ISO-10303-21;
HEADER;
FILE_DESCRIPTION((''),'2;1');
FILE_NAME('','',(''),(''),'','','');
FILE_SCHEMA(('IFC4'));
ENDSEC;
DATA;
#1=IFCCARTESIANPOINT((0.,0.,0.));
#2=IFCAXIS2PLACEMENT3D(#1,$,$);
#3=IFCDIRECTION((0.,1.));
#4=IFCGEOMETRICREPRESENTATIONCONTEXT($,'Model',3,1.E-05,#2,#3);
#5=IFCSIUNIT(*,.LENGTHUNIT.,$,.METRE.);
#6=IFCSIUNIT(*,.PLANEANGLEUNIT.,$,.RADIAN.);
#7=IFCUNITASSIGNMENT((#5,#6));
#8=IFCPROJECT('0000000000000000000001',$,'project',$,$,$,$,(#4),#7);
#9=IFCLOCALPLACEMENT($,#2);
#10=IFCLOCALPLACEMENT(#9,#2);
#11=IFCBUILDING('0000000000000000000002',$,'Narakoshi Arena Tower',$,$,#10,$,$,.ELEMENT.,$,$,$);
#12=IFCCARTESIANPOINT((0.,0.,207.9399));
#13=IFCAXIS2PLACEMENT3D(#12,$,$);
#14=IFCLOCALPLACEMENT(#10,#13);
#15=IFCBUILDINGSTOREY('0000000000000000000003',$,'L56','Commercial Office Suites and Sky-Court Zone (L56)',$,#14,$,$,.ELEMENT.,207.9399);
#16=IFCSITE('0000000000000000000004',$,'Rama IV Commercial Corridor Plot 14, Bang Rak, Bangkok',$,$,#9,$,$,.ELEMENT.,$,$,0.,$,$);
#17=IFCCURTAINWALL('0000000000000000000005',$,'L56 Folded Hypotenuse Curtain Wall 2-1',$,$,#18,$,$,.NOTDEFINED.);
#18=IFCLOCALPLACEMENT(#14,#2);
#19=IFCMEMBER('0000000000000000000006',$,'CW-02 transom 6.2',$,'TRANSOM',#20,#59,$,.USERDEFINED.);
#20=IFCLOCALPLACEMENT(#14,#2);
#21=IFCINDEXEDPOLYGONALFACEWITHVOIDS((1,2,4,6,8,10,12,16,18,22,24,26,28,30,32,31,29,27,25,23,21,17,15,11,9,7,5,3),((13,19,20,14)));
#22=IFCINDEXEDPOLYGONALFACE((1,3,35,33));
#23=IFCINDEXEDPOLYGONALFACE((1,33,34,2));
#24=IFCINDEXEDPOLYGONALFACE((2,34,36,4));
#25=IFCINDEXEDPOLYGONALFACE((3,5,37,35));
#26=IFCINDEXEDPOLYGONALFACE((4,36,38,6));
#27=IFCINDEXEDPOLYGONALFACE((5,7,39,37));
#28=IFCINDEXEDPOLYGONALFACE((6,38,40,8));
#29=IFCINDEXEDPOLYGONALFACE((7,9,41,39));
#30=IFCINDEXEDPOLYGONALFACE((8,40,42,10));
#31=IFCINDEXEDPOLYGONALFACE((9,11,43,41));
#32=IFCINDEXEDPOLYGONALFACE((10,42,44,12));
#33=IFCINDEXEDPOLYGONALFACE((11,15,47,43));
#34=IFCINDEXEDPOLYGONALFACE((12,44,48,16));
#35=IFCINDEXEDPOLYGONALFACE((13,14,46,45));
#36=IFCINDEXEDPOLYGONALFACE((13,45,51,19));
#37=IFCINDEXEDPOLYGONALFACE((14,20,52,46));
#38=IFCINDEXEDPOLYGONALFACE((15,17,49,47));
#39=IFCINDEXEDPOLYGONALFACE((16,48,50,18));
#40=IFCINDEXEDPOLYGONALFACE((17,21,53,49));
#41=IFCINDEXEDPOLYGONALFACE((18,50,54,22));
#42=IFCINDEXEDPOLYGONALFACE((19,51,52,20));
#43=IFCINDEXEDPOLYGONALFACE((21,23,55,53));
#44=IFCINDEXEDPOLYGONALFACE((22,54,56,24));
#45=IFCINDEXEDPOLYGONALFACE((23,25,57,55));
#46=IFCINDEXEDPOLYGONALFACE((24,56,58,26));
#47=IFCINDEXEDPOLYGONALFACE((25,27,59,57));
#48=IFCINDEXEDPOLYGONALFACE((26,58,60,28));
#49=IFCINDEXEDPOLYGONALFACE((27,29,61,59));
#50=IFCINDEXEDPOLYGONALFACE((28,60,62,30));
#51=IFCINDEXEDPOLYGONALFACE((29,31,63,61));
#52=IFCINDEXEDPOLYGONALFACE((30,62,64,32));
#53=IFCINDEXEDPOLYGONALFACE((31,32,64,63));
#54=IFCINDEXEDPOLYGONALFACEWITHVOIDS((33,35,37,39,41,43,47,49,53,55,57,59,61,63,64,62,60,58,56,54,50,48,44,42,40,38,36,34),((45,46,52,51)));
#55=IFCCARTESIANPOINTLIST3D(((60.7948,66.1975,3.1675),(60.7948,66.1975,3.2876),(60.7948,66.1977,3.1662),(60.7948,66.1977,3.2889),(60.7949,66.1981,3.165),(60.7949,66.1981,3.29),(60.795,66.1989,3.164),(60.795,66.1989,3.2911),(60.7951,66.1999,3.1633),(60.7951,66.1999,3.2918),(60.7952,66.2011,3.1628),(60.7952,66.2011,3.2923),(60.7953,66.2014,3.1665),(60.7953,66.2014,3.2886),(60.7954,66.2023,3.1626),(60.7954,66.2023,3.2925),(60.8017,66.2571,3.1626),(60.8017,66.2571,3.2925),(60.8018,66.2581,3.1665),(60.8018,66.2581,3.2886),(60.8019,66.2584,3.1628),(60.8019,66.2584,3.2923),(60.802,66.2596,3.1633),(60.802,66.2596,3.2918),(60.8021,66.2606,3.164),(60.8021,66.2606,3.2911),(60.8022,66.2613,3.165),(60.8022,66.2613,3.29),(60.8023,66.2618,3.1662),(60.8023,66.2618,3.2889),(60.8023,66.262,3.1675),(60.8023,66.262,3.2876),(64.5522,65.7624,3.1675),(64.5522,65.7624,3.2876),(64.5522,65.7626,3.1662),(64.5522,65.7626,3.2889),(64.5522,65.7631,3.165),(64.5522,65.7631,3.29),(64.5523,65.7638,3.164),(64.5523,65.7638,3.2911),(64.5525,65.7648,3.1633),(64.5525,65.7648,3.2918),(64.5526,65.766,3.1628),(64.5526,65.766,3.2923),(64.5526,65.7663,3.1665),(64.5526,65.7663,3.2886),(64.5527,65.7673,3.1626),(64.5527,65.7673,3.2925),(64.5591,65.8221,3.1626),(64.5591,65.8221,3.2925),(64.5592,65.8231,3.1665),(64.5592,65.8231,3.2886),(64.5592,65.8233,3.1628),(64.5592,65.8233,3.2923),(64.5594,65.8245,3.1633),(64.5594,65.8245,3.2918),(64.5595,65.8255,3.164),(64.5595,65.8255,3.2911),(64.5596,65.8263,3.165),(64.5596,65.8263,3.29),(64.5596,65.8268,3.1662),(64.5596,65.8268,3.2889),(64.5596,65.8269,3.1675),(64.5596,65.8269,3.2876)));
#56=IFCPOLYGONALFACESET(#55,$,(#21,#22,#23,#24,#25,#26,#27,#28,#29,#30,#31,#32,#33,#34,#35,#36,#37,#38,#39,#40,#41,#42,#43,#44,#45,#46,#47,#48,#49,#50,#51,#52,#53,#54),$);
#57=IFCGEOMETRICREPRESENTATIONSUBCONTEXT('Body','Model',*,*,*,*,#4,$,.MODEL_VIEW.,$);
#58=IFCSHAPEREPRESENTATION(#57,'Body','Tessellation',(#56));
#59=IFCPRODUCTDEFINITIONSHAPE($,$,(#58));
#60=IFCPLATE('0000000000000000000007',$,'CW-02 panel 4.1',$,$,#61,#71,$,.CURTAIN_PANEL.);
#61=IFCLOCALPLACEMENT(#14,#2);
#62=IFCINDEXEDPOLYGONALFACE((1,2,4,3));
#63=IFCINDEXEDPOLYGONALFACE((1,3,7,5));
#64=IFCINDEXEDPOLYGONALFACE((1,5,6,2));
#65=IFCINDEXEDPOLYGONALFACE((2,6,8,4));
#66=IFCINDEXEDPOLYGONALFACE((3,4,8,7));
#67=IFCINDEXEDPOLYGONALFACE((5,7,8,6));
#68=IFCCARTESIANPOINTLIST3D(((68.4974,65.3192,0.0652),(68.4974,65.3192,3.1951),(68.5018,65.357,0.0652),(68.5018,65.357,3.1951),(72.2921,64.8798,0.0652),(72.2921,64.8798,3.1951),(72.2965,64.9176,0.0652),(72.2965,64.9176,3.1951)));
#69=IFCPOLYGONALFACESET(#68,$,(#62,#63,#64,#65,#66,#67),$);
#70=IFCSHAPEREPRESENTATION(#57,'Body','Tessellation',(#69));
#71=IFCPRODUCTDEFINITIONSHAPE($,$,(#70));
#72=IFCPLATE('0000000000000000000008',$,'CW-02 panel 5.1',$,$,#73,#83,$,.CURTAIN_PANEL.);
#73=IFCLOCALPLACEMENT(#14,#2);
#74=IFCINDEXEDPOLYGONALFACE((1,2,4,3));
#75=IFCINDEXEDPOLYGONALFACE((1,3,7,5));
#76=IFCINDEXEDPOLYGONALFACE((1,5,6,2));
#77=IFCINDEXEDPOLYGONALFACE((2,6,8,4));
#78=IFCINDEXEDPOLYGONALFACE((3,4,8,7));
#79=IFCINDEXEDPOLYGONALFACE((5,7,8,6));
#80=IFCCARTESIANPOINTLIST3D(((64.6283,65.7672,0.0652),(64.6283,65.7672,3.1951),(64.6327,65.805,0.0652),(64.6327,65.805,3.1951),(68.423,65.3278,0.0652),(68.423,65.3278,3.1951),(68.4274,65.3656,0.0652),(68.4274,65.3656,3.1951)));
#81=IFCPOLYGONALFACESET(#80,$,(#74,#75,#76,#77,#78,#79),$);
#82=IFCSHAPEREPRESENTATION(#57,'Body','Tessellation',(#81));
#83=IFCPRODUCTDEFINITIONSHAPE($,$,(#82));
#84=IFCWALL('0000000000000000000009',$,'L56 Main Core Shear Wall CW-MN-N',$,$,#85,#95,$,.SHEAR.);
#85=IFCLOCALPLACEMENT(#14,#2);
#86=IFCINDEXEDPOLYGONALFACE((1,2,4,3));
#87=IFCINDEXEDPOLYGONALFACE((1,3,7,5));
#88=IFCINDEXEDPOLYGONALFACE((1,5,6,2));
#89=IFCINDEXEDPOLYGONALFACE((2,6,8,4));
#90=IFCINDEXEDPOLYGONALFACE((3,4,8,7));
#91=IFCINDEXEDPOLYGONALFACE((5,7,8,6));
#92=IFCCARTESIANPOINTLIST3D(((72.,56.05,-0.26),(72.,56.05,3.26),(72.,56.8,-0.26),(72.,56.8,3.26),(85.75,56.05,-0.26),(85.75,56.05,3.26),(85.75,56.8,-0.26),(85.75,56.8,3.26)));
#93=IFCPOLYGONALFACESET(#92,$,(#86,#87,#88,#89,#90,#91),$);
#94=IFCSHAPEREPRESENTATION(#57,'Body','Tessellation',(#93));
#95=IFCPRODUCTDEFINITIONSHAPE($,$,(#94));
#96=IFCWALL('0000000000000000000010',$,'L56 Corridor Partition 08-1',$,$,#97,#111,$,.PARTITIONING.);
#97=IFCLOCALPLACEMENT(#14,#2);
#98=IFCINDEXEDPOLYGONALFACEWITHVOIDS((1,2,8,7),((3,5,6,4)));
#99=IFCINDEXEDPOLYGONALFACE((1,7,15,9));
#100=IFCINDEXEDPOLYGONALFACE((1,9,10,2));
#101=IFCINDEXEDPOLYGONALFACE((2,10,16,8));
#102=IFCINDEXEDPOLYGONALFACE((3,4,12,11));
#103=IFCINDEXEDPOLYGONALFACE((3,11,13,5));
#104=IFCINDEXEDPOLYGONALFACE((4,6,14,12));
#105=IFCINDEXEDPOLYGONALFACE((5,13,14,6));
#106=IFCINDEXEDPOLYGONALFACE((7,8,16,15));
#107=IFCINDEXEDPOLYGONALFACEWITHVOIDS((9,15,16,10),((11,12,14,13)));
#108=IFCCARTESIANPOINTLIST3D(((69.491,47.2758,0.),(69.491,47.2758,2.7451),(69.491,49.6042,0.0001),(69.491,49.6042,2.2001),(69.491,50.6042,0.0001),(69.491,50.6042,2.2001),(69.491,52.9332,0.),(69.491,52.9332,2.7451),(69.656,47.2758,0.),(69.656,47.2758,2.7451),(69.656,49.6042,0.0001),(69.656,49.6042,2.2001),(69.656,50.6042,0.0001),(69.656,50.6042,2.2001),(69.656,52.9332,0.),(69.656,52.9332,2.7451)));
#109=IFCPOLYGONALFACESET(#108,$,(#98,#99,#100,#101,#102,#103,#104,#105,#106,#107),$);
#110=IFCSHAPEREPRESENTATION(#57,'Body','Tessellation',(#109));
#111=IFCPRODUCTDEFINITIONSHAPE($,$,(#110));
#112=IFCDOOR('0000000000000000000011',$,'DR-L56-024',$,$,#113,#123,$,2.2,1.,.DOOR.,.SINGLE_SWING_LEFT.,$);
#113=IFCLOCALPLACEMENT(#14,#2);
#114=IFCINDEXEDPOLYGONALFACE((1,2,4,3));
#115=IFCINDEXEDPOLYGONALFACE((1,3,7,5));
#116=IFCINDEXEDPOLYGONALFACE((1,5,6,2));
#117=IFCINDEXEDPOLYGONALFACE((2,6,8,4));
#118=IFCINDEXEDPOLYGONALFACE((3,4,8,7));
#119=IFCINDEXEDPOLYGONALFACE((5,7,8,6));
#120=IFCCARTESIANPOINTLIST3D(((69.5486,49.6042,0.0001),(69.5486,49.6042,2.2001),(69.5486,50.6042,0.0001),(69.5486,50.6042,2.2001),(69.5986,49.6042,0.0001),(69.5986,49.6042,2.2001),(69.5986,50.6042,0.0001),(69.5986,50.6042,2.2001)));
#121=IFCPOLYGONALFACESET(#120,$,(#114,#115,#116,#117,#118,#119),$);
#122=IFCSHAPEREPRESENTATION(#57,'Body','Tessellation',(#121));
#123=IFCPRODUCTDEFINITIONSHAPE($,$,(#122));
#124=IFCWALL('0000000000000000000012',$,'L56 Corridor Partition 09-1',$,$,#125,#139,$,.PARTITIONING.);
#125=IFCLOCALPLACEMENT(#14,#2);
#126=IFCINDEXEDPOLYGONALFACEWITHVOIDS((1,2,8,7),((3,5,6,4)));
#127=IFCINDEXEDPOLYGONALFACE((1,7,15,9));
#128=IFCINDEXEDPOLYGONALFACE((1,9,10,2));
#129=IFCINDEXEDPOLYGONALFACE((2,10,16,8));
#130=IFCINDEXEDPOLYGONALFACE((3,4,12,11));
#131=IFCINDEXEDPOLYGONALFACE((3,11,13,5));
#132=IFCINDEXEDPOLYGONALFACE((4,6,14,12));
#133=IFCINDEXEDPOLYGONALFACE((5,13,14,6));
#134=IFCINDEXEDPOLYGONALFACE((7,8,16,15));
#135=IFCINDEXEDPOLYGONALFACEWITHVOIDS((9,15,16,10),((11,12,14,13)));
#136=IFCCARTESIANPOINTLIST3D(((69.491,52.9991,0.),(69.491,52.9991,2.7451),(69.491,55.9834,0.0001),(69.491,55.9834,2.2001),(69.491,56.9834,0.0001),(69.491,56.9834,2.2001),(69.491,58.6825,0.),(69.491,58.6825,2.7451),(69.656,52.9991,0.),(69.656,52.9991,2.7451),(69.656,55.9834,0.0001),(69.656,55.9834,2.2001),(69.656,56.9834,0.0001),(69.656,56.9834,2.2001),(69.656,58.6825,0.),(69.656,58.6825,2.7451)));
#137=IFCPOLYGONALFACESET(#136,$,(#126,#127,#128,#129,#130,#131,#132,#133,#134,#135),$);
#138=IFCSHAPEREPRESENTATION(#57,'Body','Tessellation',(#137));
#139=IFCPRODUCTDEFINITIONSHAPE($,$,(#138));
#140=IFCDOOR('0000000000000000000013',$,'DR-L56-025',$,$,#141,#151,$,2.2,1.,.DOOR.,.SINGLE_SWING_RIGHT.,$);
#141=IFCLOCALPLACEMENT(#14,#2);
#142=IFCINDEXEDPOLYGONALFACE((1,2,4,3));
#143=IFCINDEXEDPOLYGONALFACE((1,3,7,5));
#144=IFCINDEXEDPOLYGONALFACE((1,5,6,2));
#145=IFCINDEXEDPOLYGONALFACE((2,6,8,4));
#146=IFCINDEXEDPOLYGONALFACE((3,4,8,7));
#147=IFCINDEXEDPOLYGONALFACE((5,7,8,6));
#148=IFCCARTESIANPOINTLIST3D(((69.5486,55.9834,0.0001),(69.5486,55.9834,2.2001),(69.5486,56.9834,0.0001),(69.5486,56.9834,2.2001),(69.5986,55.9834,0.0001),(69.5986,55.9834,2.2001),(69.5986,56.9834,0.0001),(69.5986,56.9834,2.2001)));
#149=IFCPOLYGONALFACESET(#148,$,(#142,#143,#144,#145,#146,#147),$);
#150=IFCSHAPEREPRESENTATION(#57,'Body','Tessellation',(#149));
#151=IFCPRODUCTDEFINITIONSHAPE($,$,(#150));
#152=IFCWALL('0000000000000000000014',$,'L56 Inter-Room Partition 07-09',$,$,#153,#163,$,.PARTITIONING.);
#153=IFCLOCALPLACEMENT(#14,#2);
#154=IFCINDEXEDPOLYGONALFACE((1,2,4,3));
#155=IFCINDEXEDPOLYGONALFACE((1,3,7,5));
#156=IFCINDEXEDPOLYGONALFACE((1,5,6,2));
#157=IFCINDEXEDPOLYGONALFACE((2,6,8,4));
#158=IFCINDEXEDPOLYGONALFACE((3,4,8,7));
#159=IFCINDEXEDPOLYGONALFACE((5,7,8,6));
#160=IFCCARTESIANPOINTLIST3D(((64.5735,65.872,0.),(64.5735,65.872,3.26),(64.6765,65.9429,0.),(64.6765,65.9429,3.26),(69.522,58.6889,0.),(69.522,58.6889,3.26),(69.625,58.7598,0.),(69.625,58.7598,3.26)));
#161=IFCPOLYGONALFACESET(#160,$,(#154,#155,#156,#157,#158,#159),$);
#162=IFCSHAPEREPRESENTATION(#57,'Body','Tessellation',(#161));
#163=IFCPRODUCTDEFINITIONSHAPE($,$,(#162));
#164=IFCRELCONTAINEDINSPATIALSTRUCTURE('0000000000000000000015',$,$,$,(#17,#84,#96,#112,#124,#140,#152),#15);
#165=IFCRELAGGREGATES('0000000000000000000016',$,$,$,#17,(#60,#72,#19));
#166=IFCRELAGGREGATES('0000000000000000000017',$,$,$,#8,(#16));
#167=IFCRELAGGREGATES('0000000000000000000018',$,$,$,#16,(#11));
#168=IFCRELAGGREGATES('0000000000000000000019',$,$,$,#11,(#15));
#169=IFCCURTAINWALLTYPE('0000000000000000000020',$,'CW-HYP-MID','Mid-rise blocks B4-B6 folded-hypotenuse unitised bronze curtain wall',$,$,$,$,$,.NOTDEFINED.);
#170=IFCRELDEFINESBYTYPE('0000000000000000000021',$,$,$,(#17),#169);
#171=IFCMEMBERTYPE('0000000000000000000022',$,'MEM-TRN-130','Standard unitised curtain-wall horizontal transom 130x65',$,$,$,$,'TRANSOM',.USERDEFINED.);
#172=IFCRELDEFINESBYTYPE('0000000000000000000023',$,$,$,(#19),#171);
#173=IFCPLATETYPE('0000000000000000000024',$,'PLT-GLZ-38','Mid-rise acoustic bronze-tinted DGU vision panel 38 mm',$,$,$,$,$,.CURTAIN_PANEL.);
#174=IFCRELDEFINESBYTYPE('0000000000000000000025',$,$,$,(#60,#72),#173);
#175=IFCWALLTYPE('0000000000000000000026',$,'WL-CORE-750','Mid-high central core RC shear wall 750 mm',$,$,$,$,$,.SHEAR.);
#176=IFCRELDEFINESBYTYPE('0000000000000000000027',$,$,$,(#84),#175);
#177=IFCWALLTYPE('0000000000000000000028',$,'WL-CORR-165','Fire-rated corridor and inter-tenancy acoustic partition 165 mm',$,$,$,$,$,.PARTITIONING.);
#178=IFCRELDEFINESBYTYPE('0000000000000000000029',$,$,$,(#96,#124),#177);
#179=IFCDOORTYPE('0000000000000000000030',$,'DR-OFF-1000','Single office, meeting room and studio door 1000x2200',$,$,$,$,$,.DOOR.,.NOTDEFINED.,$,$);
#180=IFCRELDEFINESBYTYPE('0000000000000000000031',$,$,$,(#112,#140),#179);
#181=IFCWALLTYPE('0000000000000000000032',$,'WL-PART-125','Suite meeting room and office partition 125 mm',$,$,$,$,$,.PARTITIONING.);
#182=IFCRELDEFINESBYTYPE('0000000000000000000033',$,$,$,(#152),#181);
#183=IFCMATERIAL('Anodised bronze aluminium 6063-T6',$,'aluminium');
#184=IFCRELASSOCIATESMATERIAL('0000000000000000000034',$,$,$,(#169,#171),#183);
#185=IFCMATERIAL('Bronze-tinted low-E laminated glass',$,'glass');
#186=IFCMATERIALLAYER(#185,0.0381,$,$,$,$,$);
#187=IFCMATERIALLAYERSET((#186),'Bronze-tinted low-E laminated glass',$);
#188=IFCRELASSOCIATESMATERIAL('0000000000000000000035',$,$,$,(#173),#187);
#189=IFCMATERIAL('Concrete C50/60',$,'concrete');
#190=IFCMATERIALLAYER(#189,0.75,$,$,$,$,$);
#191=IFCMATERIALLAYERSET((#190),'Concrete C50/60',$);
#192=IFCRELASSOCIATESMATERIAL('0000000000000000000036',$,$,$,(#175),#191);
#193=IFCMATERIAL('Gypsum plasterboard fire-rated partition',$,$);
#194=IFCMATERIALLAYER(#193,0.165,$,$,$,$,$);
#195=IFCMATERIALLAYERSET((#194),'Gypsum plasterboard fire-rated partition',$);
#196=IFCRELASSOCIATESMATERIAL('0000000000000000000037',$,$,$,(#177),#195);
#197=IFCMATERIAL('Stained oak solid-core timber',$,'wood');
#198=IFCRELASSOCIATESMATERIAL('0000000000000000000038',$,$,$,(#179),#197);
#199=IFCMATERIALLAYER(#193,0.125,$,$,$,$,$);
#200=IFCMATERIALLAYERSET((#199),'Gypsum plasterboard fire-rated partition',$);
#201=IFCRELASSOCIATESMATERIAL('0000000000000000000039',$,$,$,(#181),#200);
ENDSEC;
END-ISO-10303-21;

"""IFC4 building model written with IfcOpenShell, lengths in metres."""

from ifc_helpers import new_model, si_unit, direction, frame, frame_2d, origin, origin_2d, place, context, subcontext, project, spatial, rectangle, hollow_rectangle, extrude, material, layer, layer_set, material_profile, profile_set, type_object, element, fill, aggregate, save


model = new_model("IFC4")

# Units and contexts
model_context = context("Model", 3, precision=1e-05, world=origin(), true_north=direction((0.0, 1.0)))
body_context = subcontext(model_context, "Body", "Model", "MODEL_VIEW")
ifc_project = project(units=[si_unit("LENGTHUNIT", "METRE"), si_unit("PLANEANGLEUNIT", "RADIAN")], contexts=[model_context])

# Site, building, storey
site_placement = place(None, origin())
site = spatial("IfcSite", under=ifc_project, at=site_placement, Name="Rama IV Commercial Corridor Plot 14, Bang Rak, Bangkok", CompositionType="ELEMENT", RefElevation=0.0)
building_placement = place(site_placement, origin())
building = spatial("IfcBuilding", under=site, at=building_placement, Name="Narakoshi Arena Tower", CompositionType="ELEMENT")
storey_placement = place(building_placement, frame((0.0, 0.0, 207.9399)))
storey = spatial("IfcBuildingStorey", under=building, at=storey_placement, Name="L56", Description="Commercial Office Suites and Sky-Court Zone (L56)", CompositionType="ELEMENT", Elevation=207.9399)

# Shared definitions
ifc_material_1 = material(Name="Concrete C50/60", Category="concrete")

# Curtain wall, member, plates
ifc_material_2 = material(Name="Anodised bronze aluminium 6063-T6", Category="aluminium")
curtain_wall_type = type_object("IfcCurtainWallType", Name="CW-HYP-MID", Description="Mid-rise blocks B4-B6 folded-hypotenuse unitised bronze curtain wall", PredefinedType="NOTDEFINED", material=ifc_material_2)
curtain_wall_placement = place(storey_placement, origin())
curtain_wall = element("IfcCurtainWall", 1, at=curtain_wall_placement, inside=storey, type_object=curtain_wall_type, Name="L56 Folded Hypotenuse Curtain Wall 2-1", PredefinedType="NOTDEFINED")
ifc_material_profile_1 = material_profile(ifc_material_2, hollow_rectangle(XDim=0.0649, YDim=0.1299, WallThickness=0.0039, OuterFilletRadius=0.0049, at=origin_2d()), Name="TRN130x65x4")
ifc_profile_set_1 = profile_set([ifc_material_profile_1], Name="Anodised bronze aluminium 6063-T6")
member_type_1 = type_object("IfcMemberType", Name="MEM-TRN-130", Description="Standard unitised curtain-wall horizontal transom 130x65", ElementType="TRANSOM", PredefinedType="USERDEFINED", material=ifc_profile_set_1)
member_1_placement = place(storey_placement, frame((64.5559, 65.7947, 3.2275), z_axis=(-0.993363, 0.115021, 0.0), x_axis=(-0.115021, -0.993363, 0.0)))
member_1 = element("IfcMember", 2, at=member_1_placement, type_object=member_type_1, Name="CW-02 transom 6.2", ObjectType="TRANSOM", PredefinedType="USERDEFINED", context=body_context, shape_type="SweptSolid", body=[
    extrude(hollow_rectangle(XDim=0.0649, YDim=0.1299, WallThickness=0.0039, OuterFilletRadius=0.0049, at=origin_2d()), origin(), (0.0, 0.0, 1.0), 3.7825),
])
ifc_material_3 = material(Name="Bronze-tinted low-E laminated glass", Category="glass")
ifc_layer_1 = layer(ifc_material_3, 0.0381)
ifc_layer_set_1 = layer_set([ifc_layer_1], Name="Bronze-tinted low-E laminated glass")
plate_type = type_object("IfcPlateType", Name="PLT-GLZ-38", Description="Mid-rise acoustic bronze-tinted DGU vision panel 38 mm", PredefinedType="CURTAIN_PANEL", material=ifc_layer_set_1)
plate_1_placement = place(storey_placement, frame((70.397, 65.1184, 0.0652), z_axis=(0.0, 0.0, 1.0), x_axis=(-0.993364, 0.115011, 0.0)))
plate_1 = element("IfcPlate", 3, at=plate_1_placement, type_object=plate_type, Name="CW-02 panel 4.1", PredefinedType="CURTAIN_PANEL", context=body_context, shape_type="SweptSolid", body=[
    extrude(rectangle(XDim=3.8201, YDim=0.0381, at=origin_2d()), origin(), (0.0, 0.0, 1.0), 3.1299),
])
plate_2_placement = place(storey_placement, frame((66.5278, 65.5664, 0.0652), z_axis=(0.0, 0.0, 1.0), x_axis=(-0.993364, 0.115011, 0.0)))
plate_2 = element("IfcPlate", 4, at=plate_2_placement, type_object=plate_type, Name="CW-02 panel 5.1", PredefinedType="CURTAIN_PANEL", context=body_context, shape_type="SweptSolid", body=[
    extrude(rectangle(XDim=3.8201, YDim=0.0381, at=origin_2d()), origin(), (0.0, 0.0, 1.0), 3.1299),
])
aggregate(curtain_wall, [plate_1, plate_2, member_1])

# Wall
ifc_layer_2 = layer(ifc_material_1, 0.75)
ifc_layer_set_2 = layer_set([ifc_layer_2], Name="Concrete C50/60")
wall_type_1 = type_object("IfcWallType", Name="WL-CORE-750", Description="Mid-high central core RC shear wall 750 mm", PredefinedType="SHEAR", material=ifc_layer_set_2)
wall_1_placement = place(storey_placement, frame((72.0, 56.425, -0.26), z_axis=(0.0, 0.0, 1.0), x_axis=(1.0, 0.0, 0.0)))
element("IfcWall", 5, at=wall_1_placement, inside=storey, type_object=wall_type_1, Name="L56 Main Core Shear Wall CW-MN-N", PredefinedType="SHEAR", context=body_context, shape_type="SweptSolid", body=[
    extrude(rectangle(XDim=13.75, YDim=0.75, at=frame_2d((6.875, 0.0))), origin(), (0.0, 0.0, 1.0), 3.52),
])

# Walls, openings, doors
ifc_material_4 = material(Name="Gypsum plasterboard fire-rated partition")
ifc_layer_3 = layer(ifc_material_4, 0.165)
ifc_layer_set_3 = layer_set([ifc_layer_3], Name="Gypsum plasterboard fire-rated partition")
wall_type_2 = type_object("IfcWallType", Name="WL-CORR-165", Description="Fire-rated corridor and inter-tenancy acoustic partition 165 mm", PredefinedType="PARTITIONING", material=ifc_layer_set_3)
wall_2_placement = place(storey_placement, frame((69.5735, 52.9331, 0.0), z_axis=(0.0, 0.0, 1.0), x_axis=(0.0, -1.0, 0.0)))
wall_2 = element("IfcWall", 6, at=wall_2_placement, inside=storey, type_object=wall_type_2, Name="L56 Corridor Partition 08-1", PredefinedType="PARTITIONING", context=body_context, shape_type="SweptSolid", body=[
    extrude(rectangle(XDim=5.6575, YDim=0.165, at=frame_2d((2.8286, 0.0))), origin(), (0.0, 0.0, 1.0), 2.7451),
])
opening_1_placement = place(wall_2_placement, frame((2.3289, 0.0, 0.0)))
opening_1 = element("IfcOpeningElement", 7, at=opening_1_placement, cuts=wall_2, PredefinedType="OPENING", context=body_context, shape_type="SweptSolid", body=[
    extrude(rectangle(XDim=1.0, YDim=2.2, at=frame_2d((0.5, 1.1001))), frame((0.0, 0.0925, 0.0), z_axis=(0.0, -1.0, 0.0), x_axis=(1.0, 0.0, 0.0)), (0.0, 0.0, 1.0), 0.1851),
])
ifc_material_5 = material(Name="Stained oak solid-core timber", Category="wood")
door_type_1 = type_object("IfcDoorType", Name="DR-OFF-1000", Description="Single office, meeting room and studio door 1000x2200", OperationType="NOTDEFINED", PredefinedType="DOOR", material=ifc_material_5)
door_1_placement = place(opening_1_placement, frame((1.0, 0.0, 0.0), z_axis=(0.0, 0.0, 1.0), x_axis=(-1.0, 0.0, 0.0)))
door_1 = element("IfcDoor", 8, at=door_1_placement, inside=storey, type_object=door_type_1, Name="DR-L56-024", OperationType="SINGLE_SWING_LEFT", OverallHeight=2.2, OverallWidth=1.0, PredefinedType="DOOR", context=body_context, shape_type="SweptSolid", body=[
    extrude(rectangle(XDim=1.0, YDim=2.2, at=frame_2d((0.5, 1.1001))), frame((0.0, 0.0249, 0.0), z_axis=(0.0, -1.0, 0.0), x_axis=(1.0, 0.0, 0.0)), (0.0, 0.0, 1.0), 0.05),
])
fill(opening_1, door_1)
wall_3_placement = place(storey_placement, frame((69.5735, 58.6826, 0.0), z_axis=(0.0, 0.0, 1.0), x_axis=(0.0, -1.0, 0.0)))
wall_3 = element("IfcWall", 9, at=wall_3_placement, inside=storey, type_object=wall_type_2, Name="L56 Corridor Partition 09-1", PredefinedType="PARTITIONING", context=body_context, shape_type="SweptSolid", body=[
    extrude(rectangle(XDim=5.6833, YDim=0.165, at=frame_2d((2.8418, 0.0))), origin(), (0.0, 0.0, 1.0), 2.7451),
])
opening_2_placement = place(wall_3_placement, frame((1.6992, 0.0, 0.0)))
opening_2 = element("IfcOpeningElement", 10, at=opening_2_placement, cuts=wall_3, PredefinedType="OPENING", context=body_context, shape_type="SweptSolid", body=[
    extrude(rectangle(XDim=1.0, YDim=2.2, at=frame_2d((0.5, 1.1001))), frame((0.0, 0.0925, 0.0), z_axis=(0.0, -1.0, 0.0), x_axis=(1.0, 0.0, 0.0)), (0.0, 0.0, 1.0), 0.1851),
])
door_2_placement = place(opening_2_placement, frame((1.0, 0.0, 0.0), z_axis=(0.0, 0.0, 1.0), x_axis=(-1.0, 0.0, 0.0)))
door_2 = element("IfcDoor", 11, at=door_2_placement, inside=storey, type_object=door_type_1, Name="DR-L56-025", OperationType="SINGLE_SWING_RIGHT", OverallHeight=2.2, OverallWidth=1.0, PredefinedType="DOOR", context=body_context, shape_type="SweptSolid", body=[
    extrude(rectangle(XDim=1.0, YDim=2.2, at=frame_2d((0.5, 1.1001))), frame((0.0, 0.0249, 0.0), z_axis=(0.0, -1.0, 0.0), x_axis=(1.0, 0.0, 0.0)), (0.0, 0.0, 1.0), 0.05),
])
fill(opening_2, door_2)

# Wall
ifc_layer_4 = layer(ifc_material_4, 0.125)
ifc_layer_set_4 = layer_set([ifc_layer_4], Name="Gypsum plasterboard fire-rated partition")
wall_type_3 = type_object("IfcWallType", Name="WL-PART-125", Description="Suite meeting room and office partition 125 mm", PredefinedType="PARTITIONING", material=ifc_layer_set_4)
wall_4_placement = place(storey_placement, frame((69.5735, 58.7244, 0.0), z_axis=(0.0, 0.0, 1.0), x_axis=(-0.567315, 0.823501, 0.0)))
element("IfcWall", 12, at=wall_4_placement, inside=storey, type_object=wall_type_3, Name="L56 Inter-Room Partition 07-09", PredefinedType="PARTITIONING", context=body_context, shape_type="SweptSolid", body=[
    extrude(rectangle(XDim=8.7227, YDim=0.125, at=frame_2d((4.3613, 0.0))), origin(), (0.0, 0.0, 1.0), 3.26),
])

save(model, "model.ifc")
